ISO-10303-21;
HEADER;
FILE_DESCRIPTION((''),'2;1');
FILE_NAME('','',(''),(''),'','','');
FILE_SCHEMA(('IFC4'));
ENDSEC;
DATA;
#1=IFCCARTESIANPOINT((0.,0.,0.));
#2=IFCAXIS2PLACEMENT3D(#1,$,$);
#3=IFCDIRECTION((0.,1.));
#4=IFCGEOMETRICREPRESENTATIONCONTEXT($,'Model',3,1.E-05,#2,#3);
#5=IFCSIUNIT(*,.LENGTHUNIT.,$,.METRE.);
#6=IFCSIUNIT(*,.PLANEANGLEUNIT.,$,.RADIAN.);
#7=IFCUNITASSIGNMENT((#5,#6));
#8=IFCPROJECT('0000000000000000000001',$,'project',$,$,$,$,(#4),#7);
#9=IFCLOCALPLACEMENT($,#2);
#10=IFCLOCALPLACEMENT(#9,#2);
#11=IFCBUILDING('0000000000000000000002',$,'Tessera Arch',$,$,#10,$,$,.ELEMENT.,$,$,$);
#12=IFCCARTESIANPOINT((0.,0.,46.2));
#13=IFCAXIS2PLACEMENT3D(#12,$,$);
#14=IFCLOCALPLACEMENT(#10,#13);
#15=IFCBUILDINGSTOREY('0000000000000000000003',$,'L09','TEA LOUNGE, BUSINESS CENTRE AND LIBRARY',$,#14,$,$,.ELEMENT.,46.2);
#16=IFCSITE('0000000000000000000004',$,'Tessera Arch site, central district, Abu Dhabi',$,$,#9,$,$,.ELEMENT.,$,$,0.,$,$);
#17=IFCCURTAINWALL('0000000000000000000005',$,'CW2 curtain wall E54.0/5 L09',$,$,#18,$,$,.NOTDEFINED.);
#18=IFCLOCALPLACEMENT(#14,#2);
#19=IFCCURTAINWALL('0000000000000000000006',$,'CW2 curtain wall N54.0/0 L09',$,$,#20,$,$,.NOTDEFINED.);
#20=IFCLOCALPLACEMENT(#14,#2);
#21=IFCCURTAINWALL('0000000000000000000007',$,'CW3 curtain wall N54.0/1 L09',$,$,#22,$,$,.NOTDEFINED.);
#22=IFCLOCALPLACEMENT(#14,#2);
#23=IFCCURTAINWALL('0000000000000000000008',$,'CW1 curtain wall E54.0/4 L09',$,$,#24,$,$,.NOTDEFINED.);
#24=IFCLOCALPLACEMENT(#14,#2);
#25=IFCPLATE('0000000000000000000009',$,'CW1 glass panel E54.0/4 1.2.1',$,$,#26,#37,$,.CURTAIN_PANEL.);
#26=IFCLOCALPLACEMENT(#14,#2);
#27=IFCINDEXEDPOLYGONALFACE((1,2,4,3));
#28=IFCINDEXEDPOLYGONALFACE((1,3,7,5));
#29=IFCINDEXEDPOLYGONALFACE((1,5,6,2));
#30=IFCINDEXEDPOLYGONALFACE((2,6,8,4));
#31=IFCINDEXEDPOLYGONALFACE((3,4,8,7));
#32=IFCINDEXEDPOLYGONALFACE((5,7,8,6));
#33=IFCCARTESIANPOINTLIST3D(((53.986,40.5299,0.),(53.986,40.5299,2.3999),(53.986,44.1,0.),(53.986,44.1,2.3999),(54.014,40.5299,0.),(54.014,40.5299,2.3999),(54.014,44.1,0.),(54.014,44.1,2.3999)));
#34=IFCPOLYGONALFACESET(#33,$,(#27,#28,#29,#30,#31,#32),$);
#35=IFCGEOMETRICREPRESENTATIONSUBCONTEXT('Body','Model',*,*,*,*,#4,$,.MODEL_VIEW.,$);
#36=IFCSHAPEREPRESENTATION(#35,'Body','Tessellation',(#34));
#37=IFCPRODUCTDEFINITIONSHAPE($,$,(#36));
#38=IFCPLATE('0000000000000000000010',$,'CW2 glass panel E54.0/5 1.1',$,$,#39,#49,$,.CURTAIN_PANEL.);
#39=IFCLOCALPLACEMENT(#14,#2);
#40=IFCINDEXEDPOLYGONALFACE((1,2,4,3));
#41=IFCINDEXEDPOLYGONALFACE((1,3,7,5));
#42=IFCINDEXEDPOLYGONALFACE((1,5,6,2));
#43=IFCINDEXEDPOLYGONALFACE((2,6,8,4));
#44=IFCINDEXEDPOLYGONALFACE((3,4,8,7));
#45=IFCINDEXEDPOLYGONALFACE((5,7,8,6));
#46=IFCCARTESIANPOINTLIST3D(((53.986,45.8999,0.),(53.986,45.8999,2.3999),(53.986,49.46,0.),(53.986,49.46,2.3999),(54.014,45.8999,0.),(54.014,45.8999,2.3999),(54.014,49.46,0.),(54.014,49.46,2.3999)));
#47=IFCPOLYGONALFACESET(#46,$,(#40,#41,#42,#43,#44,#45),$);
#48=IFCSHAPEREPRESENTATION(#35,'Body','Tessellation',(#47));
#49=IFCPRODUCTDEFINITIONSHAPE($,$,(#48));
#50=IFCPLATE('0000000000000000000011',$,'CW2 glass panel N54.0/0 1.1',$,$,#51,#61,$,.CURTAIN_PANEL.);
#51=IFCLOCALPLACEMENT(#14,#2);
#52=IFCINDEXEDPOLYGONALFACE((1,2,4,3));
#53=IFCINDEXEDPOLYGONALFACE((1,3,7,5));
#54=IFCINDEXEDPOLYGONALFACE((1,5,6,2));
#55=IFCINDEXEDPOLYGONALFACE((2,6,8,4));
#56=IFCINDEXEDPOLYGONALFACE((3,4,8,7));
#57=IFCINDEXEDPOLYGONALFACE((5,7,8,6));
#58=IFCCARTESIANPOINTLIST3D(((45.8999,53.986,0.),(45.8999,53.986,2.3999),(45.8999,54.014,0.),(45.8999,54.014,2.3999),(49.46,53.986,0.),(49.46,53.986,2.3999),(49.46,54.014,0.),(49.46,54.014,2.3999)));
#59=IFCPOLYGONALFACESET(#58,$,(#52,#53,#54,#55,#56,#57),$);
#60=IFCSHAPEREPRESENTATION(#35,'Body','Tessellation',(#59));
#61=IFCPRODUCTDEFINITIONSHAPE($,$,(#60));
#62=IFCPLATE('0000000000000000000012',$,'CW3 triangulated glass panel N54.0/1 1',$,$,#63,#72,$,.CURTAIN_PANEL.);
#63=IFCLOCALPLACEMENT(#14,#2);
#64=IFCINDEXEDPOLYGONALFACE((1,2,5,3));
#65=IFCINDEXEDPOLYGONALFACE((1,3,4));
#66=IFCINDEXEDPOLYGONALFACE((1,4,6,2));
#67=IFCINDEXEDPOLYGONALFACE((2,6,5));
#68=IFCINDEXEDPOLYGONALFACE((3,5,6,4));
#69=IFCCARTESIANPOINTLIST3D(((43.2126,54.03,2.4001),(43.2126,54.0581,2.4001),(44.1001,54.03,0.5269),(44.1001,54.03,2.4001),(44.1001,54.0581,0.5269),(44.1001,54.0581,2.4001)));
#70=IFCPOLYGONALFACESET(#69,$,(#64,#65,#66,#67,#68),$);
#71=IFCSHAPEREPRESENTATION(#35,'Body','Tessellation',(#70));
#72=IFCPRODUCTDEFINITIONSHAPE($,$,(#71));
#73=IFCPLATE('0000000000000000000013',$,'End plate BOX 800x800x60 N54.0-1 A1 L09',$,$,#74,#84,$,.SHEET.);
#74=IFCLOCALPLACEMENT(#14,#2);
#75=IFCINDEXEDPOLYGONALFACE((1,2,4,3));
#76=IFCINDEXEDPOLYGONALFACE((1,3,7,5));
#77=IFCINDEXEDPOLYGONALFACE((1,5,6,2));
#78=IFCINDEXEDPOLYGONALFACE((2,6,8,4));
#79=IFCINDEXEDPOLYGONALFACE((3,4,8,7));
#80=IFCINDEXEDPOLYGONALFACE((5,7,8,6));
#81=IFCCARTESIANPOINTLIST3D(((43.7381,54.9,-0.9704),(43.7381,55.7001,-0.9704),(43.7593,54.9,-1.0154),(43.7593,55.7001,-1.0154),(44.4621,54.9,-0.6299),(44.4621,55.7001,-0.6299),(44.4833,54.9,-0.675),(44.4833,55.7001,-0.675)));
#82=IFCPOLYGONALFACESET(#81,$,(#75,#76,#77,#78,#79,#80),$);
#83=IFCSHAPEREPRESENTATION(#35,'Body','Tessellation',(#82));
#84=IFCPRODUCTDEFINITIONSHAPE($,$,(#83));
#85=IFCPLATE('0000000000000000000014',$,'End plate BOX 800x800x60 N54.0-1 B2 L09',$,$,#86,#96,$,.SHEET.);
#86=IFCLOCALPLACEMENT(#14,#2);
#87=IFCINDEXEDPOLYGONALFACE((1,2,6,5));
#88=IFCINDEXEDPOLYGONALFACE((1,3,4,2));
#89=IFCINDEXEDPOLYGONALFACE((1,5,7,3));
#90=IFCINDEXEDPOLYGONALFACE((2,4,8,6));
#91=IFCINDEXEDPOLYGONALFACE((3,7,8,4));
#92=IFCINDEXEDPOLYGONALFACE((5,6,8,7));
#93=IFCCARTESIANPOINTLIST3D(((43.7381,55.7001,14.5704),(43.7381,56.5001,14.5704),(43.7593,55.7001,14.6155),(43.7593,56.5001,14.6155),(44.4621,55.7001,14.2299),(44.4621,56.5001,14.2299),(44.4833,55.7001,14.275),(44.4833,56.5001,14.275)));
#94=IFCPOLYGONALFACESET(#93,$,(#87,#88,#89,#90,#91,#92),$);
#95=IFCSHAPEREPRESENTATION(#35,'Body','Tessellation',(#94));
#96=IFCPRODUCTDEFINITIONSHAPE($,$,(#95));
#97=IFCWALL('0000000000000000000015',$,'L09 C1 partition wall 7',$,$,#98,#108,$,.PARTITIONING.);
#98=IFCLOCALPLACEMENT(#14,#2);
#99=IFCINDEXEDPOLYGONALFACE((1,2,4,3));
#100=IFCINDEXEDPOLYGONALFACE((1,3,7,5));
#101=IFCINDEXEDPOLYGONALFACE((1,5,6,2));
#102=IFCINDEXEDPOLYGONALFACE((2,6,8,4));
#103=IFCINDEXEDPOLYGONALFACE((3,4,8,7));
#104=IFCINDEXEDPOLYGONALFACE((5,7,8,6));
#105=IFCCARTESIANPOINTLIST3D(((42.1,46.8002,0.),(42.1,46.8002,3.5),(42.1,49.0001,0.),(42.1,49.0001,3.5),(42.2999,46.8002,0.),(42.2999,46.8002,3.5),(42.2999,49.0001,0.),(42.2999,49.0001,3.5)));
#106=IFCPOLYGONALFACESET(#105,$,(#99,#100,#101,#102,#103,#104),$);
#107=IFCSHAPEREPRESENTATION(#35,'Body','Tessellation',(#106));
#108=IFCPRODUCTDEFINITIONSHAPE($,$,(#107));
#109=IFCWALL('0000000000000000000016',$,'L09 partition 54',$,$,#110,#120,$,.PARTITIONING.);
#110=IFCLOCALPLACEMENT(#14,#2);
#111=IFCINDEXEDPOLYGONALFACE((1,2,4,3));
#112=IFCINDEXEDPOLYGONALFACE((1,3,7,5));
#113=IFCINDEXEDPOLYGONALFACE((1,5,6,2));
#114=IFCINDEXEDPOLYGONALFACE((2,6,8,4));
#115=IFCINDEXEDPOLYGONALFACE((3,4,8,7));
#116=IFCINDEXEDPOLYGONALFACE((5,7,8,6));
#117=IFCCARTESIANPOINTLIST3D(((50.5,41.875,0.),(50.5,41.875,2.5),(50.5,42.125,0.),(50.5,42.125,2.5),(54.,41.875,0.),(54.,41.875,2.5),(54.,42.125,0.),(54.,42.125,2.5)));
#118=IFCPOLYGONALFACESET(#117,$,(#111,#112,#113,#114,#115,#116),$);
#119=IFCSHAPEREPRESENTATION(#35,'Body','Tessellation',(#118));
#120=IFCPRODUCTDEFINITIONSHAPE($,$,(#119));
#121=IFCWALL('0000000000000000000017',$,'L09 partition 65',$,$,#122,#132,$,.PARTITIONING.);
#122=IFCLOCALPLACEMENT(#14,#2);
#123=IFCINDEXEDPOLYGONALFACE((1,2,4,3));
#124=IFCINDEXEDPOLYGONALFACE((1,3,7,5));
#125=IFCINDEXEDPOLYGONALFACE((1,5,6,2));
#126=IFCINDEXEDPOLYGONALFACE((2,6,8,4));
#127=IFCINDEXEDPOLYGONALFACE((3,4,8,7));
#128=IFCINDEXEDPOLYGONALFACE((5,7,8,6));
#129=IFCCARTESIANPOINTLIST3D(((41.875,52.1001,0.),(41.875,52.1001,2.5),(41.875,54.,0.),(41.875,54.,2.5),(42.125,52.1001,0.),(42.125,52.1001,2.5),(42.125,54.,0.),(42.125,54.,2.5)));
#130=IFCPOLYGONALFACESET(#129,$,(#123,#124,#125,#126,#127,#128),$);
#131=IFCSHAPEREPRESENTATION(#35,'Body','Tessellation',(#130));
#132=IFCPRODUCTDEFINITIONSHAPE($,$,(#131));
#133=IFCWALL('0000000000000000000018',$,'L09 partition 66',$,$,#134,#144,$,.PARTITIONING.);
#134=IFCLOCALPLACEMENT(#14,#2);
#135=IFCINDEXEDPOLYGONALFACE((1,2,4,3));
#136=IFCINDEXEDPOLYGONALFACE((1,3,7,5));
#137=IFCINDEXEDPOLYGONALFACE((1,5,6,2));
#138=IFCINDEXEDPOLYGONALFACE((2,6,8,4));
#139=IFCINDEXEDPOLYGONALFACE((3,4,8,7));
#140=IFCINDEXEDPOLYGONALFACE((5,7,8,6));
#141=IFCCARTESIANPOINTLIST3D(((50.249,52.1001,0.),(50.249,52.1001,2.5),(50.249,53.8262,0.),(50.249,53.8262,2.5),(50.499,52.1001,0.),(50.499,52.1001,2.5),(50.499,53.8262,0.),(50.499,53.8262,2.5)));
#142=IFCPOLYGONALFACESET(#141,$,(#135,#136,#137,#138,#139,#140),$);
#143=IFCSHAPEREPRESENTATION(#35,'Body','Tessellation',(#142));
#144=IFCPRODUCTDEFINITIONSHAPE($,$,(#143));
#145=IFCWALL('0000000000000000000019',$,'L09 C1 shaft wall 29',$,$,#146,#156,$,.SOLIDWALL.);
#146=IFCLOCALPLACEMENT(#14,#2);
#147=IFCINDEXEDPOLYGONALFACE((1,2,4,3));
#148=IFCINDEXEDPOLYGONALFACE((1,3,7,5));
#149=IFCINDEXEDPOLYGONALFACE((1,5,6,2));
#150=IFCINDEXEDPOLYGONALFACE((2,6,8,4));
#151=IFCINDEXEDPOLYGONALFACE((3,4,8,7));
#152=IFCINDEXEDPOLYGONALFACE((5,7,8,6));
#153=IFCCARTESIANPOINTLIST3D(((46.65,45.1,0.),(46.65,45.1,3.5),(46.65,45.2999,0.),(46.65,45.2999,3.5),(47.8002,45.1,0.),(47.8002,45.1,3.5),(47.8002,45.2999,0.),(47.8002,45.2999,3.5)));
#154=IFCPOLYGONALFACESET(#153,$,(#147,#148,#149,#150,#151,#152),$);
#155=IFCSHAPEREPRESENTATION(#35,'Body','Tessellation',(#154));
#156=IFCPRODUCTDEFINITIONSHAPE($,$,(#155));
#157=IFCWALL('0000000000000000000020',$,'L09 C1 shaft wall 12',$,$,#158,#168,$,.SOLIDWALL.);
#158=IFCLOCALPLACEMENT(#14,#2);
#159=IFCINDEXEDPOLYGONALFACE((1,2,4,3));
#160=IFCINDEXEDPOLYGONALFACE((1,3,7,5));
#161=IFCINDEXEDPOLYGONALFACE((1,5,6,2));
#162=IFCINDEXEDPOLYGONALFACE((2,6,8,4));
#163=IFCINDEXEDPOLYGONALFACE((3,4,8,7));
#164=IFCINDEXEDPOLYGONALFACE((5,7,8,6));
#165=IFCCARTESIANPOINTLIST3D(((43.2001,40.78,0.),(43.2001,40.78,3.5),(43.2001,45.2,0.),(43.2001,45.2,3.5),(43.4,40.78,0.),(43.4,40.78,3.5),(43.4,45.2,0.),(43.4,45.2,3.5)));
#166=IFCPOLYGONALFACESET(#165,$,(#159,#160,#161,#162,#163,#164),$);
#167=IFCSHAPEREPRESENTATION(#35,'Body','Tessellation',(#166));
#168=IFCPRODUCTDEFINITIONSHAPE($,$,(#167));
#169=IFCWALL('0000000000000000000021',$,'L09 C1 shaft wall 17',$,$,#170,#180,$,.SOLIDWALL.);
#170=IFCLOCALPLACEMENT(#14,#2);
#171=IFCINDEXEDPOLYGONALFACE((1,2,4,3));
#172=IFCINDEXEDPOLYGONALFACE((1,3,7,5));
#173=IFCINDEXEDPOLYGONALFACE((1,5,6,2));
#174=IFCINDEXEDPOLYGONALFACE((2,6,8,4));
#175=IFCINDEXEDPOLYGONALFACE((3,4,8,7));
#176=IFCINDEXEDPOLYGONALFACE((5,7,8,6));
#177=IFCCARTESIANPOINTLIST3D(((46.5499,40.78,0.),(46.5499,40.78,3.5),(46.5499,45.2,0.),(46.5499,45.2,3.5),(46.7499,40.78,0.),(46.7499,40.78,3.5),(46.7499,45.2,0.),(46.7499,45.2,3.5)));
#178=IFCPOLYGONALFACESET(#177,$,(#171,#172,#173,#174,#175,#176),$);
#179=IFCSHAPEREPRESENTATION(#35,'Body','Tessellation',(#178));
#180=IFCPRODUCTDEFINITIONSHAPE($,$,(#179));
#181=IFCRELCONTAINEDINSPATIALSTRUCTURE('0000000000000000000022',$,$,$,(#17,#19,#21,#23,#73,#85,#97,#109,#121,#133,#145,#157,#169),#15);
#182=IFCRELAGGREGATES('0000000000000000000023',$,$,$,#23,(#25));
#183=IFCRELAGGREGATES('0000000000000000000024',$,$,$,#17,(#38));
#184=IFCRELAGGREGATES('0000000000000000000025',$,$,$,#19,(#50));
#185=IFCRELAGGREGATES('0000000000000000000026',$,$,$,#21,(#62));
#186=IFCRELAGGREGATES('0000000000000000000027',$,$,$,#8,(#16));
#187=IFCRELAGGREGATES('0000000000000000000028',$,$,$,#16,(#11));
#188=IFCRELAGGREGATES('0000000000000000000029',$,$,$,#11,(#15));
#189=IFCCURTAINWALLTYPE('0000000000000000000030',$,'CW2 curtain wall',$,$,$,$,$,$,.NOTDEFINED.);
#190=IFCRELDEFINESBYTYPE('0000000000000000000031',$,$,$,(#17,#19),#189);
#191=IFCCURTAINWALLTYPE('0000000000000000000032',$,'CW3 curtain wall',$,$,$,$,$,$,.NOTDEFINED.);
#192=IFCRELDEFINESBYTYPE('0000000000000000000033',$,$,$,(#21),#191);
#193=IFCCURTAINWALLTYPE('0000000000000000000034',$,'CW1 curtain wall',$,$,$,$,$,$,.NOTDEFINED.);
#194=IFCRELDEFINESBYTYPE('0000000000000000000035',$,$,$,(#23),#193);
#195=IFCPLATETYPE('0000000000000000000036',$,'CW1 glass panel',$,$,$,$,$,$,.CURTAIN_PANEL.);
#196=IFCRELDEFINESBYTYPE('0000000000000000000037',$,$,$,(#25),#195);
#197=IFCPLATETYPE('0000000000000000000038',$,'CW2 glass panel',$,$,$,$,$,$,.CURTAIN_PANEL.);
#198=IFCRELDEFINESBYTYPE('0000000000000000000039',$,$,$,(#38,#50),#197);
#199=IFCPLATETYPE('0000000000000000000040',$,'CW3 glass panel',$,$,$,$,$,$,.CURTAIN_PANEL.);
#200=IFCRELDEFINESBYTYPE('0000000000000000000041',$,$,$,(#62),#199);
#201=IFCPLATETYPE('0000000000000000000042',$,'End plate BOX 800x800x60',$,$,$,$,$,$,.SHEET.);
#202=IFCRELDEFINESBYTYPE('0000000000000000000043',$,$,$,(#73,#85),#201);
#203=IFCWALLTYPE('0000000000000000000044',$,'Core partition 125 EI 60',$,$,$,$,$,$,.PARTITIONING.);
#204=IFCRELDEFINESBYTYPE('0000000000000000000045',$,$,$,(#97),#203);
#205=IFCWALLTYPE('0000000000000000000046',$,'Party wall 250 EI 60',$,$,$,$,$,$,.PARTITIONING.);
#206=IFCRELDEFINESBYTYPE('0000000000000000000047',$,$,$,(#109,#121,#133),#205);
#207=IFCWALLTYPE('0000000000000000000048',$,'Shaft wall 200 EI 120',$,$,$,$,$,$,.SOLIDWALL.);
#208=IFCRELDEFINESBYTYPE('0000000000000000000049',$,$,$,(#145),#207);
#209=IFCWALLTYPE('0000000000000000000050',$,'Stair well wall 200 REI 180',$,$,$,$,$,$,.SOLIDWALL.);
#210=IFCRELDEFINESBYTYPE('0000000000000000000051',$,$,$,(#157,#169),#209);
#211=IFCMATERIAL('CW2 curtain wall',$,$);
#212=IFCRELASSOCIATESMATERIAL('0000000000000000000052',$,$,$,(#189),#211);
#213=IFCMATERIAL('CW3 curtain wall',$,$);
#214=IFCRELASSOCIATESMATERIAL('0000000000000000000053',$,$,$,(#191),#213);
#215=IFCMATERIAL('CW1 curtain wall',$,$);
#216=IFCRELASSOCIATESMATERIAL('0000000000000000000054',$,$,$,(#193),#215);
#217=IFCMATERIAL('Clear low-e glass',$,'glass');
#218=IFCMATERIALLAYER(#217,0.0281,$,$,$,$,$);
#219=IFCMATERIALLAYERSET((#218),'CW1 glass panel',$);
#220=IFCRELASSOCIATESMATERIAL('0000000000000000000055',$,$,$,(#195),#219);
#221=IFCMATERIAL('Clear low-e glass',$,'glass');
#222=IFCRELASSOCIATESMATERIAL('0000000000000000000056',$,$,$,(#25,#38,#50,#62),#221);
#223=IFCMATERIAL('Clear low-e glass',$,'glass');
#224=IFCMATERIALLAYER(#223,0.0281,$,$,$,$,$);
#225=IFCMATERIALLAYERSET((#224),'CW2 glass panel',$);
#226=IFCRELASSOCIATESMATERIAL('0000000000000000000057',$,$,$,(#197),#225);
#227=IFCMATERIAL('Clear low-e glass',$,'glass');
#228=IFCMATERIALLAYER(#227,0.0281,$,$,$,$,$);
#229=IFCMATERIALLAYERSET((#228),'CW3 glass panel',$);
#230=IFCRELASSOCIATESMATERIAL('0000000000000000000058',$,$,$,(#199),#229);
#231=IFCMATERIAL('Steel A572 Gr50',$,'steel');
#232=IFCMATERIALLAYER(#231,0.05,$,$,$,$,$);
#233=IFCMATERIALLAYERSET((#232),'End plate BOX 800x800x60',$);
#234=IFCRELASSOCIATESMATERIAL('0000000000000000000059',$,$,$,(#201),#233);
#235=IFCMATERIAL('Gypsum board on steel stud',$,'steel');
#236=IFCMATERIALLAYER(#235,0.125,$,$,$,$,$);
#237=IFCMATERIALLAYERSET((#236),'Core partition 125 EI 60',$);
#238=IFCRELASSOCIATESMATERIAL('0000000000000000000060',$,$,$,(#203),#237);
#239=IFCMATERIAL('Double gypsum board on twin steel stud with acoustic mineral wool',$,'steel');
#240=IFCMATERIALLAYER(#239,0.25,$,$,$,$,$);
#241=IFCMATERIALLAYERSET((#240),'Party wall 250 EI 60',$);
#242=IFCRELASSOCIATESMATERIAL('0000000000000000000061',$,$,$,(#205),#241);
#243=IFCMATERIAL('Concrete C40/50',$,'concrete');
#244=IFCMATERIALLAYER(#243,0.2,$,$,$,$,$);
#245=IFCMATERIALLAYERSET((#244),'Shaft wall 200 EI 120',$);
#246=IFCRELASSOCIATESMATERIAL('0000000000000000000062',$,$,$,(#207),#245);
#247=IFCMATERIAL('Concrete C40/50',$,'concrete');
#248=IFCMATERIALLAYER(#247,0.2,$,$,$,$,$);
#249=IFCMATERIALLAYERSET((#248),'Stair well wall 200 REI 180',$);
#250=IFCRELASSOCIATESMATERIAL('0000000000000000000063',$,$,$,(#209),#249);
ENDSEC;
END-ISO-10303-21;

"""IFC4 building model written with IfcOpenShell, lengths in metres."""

from ifc_helpers import new_model, si_unit, direction, frame, frame_2d, origin, origin_2d, place, context, subcontext, project, spatial, polyline, rectangle, outline, extrude, material, layer, layer_set, type_object, element, aggregate, save


model = new_model("IFC4")

# Units and contexts
model_context = context("Model", 3, precision=1e-05, world=origin(), true_north=direction((0.0, 1.0)))
body_context = subcontext(model_context, "Body", "Model", "MODEL_VIEW")
ifc_project = project(units=[si_unit("LENGTHUNIT", "METRE"), si_unit("PLANEANGLEUNIT", "RADIAN")], contexts=[model_context])

# Site, building, storey
site_placement = place(None, origin())
site = spatial("IfcSite", under=ifc_project, at=site_placement, Name="Tessera Arch site, central district, Abu Dhabi", CompositionType="ELEMENT", RefElevation=0.0)
building_placement = place(site_placement, origin())
building = spatial("IfcBuilding", under=site, at=building_placement, Name="Tessera Arch", CompositionType="ELEMENT")
storey_placement = place(building_placement, frame((0.0, 0.0, 46.2)))
storey = spatial("IfcBuildingStorey", under=building, at=storey_placement, Name="L09", Description="TEA LOUNGE, BUSINESS CENTRE AND LIBRARY", CompositionType="ELEMENT", Elevation=46.2)

# Curtain walls
ifc_material_1 = material(Name="CW2 curtain wall")
curtain_wall_type_1 = type_object("IfcCurtainWallType", Name="CW2 curtain wall", PredefinedType="NOTDEFINED", material=ifc_material_1)
curtain_wall_1_placement = place(storey_placement, origin())
curtain_wall_1 = element("IfcCurtainWall", 1, at=curtain_wall_1_placement, inside=storey, type_object=curtain_wall_type_1, Name="CW2 curtain wall E54.0/5 L09", PredefinedType="NOTDEFINED")
curtain_wall_2_placement = place(storey_placement, origin())
curtain_wall_2 = element("IfcCurtainWall", 2, at=curtain_wall_2_placement, inside=storey, type_object=curtain_wall_type_1, Name="CW2 curtain wall N54.0/0 L09", PredefinedType="NOTDEFINED")
ifc_material_2 = material(Name="CW3 curtain wall")
curtain_wall_type_2 = type_object("IfcCurtainWallType", Name="CW3 curtain wall", PredefinedType="NOTDEFINED", material=ifc_material_2)
curtain_wall_3_placement = place(storey_placement, origin())
curtain_wall_3 = element("IfcCurtainWall", 3, at=curtain_wall_3_placement, inside=storey, type_object=curtain_wall_type_2, Name="CW3 curtain wall N54.0/1 L09", PredefinedType="NOTDEFINED")

# Curtain wall, plate
ifc_material_3 = material(Name="CW1 curtain wall")
curtain_wall_type_3 = type_object("IfcCurtainWallType", Name="CW1 curtain wall", PredefinedType="NOTDEFINED", material=ifc_material_3)
curtain_wall_4_placement = place(storey_placement, origin())
curtain_wall_4 = element("IfcCurtainWall", 4, at=curtain_wall_4_placement, inside=storey, type_object=curtain_wall_type_3, Name="CW1 curtain wall E54.0/4 L09", PredefinedType="NOTDEFINED")
ifc_material_4 = material(Name="Clear low-e glass", Category="glass")
ifc_material_5 = material(Name="Clear low-e glass", Category="glass")
ifc_layer_1 = layer(ifc_material_5, 0.0281)
ifc_layer_set_1 = layer_set([ifc_layer_1], Name="CW1 glass panel")
plate_type_1 = type_object("IfcPlateType", Name="CW1 glass panel", PredefinedType="CURTAIN_PANEL", material=ifc_layer_set_1)
plate_1_placement = place(storey_placement, frame((54.0, 42.3149, 0.0), z_axis=(0.0, 0.0, 1.0), x_axis=(0.0, 1.0, 0.0)))
plate_1 = element("IfcPlate", 5, at=plate_1_placement, type_object=plate_type_1, material=ifc_material_4, Name="CW1 glass panel E54.0/4 1.2.1", PredefinedType="CURTAIN_PANEL", context=body_context, shape_type="SweptSolid", body=[
    extrude(rectangle(XDim=3.5701, YDim=0.0281, at=origin_2d()), origin(), (0.0, 0.0, 1.0), 2.3999),
])
aggregate(curtain_wall_4, [plate_1])

# Plates
ifc_material_6 = material(Name="Clear low-e glass", Category="glass")
ifc_layer_2 = layer(ifc_material_6, 0.0281)
ifc_layer_set_2 = layer_set([ifc_layer_2], Name="CW2 glass panel")
plate_type_2 = type_object("IfcPlateType", Name="CW2 glass panel", PredefinedType="CURTAIN_PANEL", material=ifc_layer_set_2)
plate_2_placement = place(storey_placement, frame((54.0, 47.6799, 0.0), z_axis=(0.0, 0.0, 1.0), x_axis=(0.0, 1.0, 0.0)))
plate_2 = element("IfcPlate", 6, at=plate_2_placement, type_object=plate_type_2, material=ifc_material_4, Name="CW2 glass panel E54.0/5 1.1", PredefinedType="CURTAIN_PANEL", context=body_context, shape_type="SweptSolid", body=[
    extrude(rectangle(XDim=3.5601, YDim=0.0281, at=origin_2d()), origin(), (0.0, 0.0, 1.0), 2.3999),
])
aggregate(curtain_wall_1, [plate_2])
plate_3_placement = place(storey_placement, frame((47.6799, 54.0, 0.0), z_axis=(0.0, 0.0, 1.0), x_axis=(-1.0, 0.0, 0.0)))
plate_3 = element("IfcPlate", 7, at=plate_3_placement, type_object=plate_type_2, material=ifc_material_4, Name="CW2 glass panel N54.0/0 1.1", PredefinedType="CURTAIN_PANEL", context=body_context, shape_type="SweptSolid", body=[
    extrude(rectangle(XDim=3.5601, YDim=0.0281, at=origin_2d()), origin(), (0.0, 0.0, 1.0), 2.3999),
])
aggregate(curtain_wall_2, [plate_3])
ifc_material_7 = material(Name="Clear low-e glass", Category="glass")
ifc_layer_3 = layer(ifc_material_7, 0.0281)
ifc_layer_set_3 = layer_set([ifc_layer_3], Name="CW3 glass panel")
plate_type_3 = type_object("IfcPlateType", Name="CW3 glass panel", PredefinedType="CURTAIN_PANEL", material=ifc_layer_set_3)
plate_4_placement = place(storey_placement, frame((44.1001, 54.0581, 2.4001), z_axis=(0.0, 1.0, 0.0), x_axis=(0.0, 0.0, -1.0)))
plate_4 = element("IfcPlate", 8, at=plate_4_placement, type_object=plate_type_3, material=ifc_material_4, Name="CW3 triangulated glass panel N54.0/1 1", PredefinedType="CURTAIN_PANEL", context=body_context, shape_type="SweptSolid", body=[
    extrude(outline(polyline([(0.0, 0.0), (1.8733, 0.0), (0.0, 0.8875), (0.0, 0.0)])), origin(), (0.0, 0.0, -1.0), 0.0281),
])
aggregate(curtain_wall_3, [plate_4])

# Plates
ifc_material_8 = material(Name="Steel A572 Gr50", Category="steel")
ifc_layer_4 = layer(ifc_material_8, 0.05)
ifc_layer_set_4 = layer_set([ifc_layer_4], Name="End plate BOX 800x800x60")
plate_type_4 = type_object("IfcPlateType", Name="End plate BOX 800x800x60", PredefinedType="SHEET", material=ifc_layer_set_4)
for number, where, z_axis, x_axis, name in (
    (9, (44.1213, 55.3, -0.8452), (-0.425561, 0.0, 0.90493), (0.0, -1.0, 0.0), "End plate BOX 800x800x60 N54.0-1 A1 L09"),
    (10, (44.1001, 56.1001, 14.4001), (0.425561, 0.0, 0.90493), (0.0, 1.0, 0.0), "End plate BOX 800x800x60 N54.0-1 B2 L09"),
):
    element("IfcPlate", number, at=place(storey_placement, frame(where, z_axis=z_axis, x_axis=x_axis)), inside=storey, type_object=plate_type_4, Name=name, PredefinedType="SHEET", context=body_context, shape_type="SweptSolid", body=[
        extrude(rectangle(XDim=0.8, YDim=0.8, at=origin_2d()), origin(), (0.0, 0.0, 1.0), 0.0498),
    ])

# Walls
ifc_material_9 = material(Name="Gypsum board on steel stud", Category="steel")
ifc_layer_5 = layer(ifc_material_9, 0.125)
ifc_layer_set_5 = layer_set([ifc_layer_5], Name="Core partition 125 EI 60")
wall_type_1 = type_object("IfcWallType", Name="Core partition 125 EI 60", PredefinedType="PARTITIONING", material=ifc_layer_set_5)
wall_1_placement = place(storey_placement, frame((42.2, 46.8, 0.0), z_axis=(0.0, 0.0, 1.0), x_axis=(0.0, 1.0, 0.0)))
element("IfcWall", 11, at=wall_1_placement, inside=storey, type_object=wall_type_1, Name="L09 C1 partition wall 7", PredefinedType="PARTITIONING", context=body_context, shape_type="SweptSolid", body=[
    extrude(rectangle(XDim=2.2, YDim=0.2, at=frame_2d((1.1001, 0.0))), origin(), (0.0, 0.0, 1.0), 3.5),
])
ifc_material_10 = material(Name="Double gypsum board on twin steel stud with acoustic mineral wool", Category="steel")
ifc_layer_6 = layer(ifc_material_10, 0.25)
ifc_layer_set_6 = layer_set([ifc_layer_6], Name="Party wall 250 EI 60")
wall_type_2 = type_object("IfcWallType", Name="Party wall 250 EI 60", PredefinedType="PARTITIONING", material=ifc_layer_set_6)
wall_2_placement = place(storey_placement, frame((50.5, 42.0, 0.0), z_axis=(0.0, 0.0, 1.0), x_axis=(1.0, 0.0, 0.0)))
element("IfcWall", 12, at=wall_2_placement, inside=storey, type_object=wall_type_2, Name="L09 partition 54", PredefinedType="PARTITIONING", context=body_context, shape_type="SweptSolid", body=[
    extrude(rectangle(XDim=3.5, YDim=0.25, at=frame_2d((1.75, 0.0))), origin(), (0.0, 0.0, 1.0), 2.5),
])
wall_3_placement = place(storey_placement, frame((42.0, 52.1001, 0.0), z_axis=(0.0, 0.0, 1.0), x_axis=(0.0, 1.0, 0.0)))
element("IfcWall", 13, at=wall_3_placement, inside=storey, type_object=wall_type_2, Name="L09 partition 65", PredefinedType="PARTITIONING", context=body_context, shape_type="SweptSolid", body=[
    extrude(rectangle(XDim=1.8999, YDim=0.25, at=frame_2d((0.95, 0.0))), origin(), (0.0, 0.0, 1.0), 2.5),
])
wall_4_placement = place(storey_placement, frame((50.374, 52.1001, 0.0), z_axis=(0.0, 0.0, 1.0), x_axis=(0.0, 1.0, 0.0)))
element("IfcWall", 14, at=wall_4_placement, inside=storey, type_object=wall_type_2, Name="L09 partition 66", PredefinedType="PARTITIONING", context=body_context, shape_type="SweptSolid", body=[
    extrude(rectangle(XDim=1.7261, YDim=0.25, at=frame_2d((0.863, 0.0))), origin(), (0.0, 0.0, 1.0), 2.5),
])
ifc_material_11 = material(Name="Concrete C40/50", Category="concrete")
ifc_layer_7 = layer(ifc_material_11, 0.2)
ifc_layer_set_7 = layer_set([ifc_layer_7], Name="Shaft wall 200 EI 120")
wall_type_3 = type_object("IfcWallType", Name="Shaft wall 200 EI 120", PredefinedType="SOLIDWALL", material=ifc_layer_set_7)
wall_5_placement = place(storey_placement, frame((46.6499, 45.2, 0.0), z_axis=(0.0, 0.0, 1.0), x_axis=(1.0, 0.0, 0.0)))
element("IfcWall", 15, at=wall_5_placement, inside=storey, type_object=wall_type_3, Name="L09 C1 shaft wall 29", PredefinedType="SOLIDWALL", context=body_context, shape_type="SweptSolid", body=[
    extrude(rectangle(XDim=1.1501, YDim=0.2, at=frame_2d((0.5752, 0.0))), origin(), (0.0, 0.0, 1.0), 3.5),
])
ifc_material_12 = material(Name="Concrete C40/50", Category="concrete")
ifc_layer_8 = layer(ifc_material_12, 0.2)
ifc_layer_set_8 = layer_set([ifc_layer_8], Name="Stair well wall 200 REI 180")
wall_type_4 = type_object("IfcWallType", Name="Stair well wall 200 REI 180", PredefinedType="SOLIDWALL", material=ifc_layer_set_8)
for number, where, z_axis, x_axis, name in (
    (16, (43.3, 40.78, 0.0), (0.0, 0.0, 1.0), (0.0, 1.0, 0.0), "L09 C1 shaft wall 12"),
    (17, (46.6499, 40.78, 0.0), (0.0, 0.0, 1.0), (0.0, 1.0, 0.0), "L09 C1 shaft wall 17"),
):
    element("IfcWall", number, at=place(storey_placement, frame(where, z_axis=z_axis, x_axis=x_axis)), inside=storey, type_object=wall_type_4, Name=name, PredefinedType="SOLIDWALL", context=body_context, shape_type="SweptSolid", body=[
        extrude(rectangle(XDim=4.4199, YDim=0.2, at=frame_2d((2.21, 0.0))), origin(), (0.0, 0.0, 1.0), 3.5),
    ])

save(model, "model.ifc")
